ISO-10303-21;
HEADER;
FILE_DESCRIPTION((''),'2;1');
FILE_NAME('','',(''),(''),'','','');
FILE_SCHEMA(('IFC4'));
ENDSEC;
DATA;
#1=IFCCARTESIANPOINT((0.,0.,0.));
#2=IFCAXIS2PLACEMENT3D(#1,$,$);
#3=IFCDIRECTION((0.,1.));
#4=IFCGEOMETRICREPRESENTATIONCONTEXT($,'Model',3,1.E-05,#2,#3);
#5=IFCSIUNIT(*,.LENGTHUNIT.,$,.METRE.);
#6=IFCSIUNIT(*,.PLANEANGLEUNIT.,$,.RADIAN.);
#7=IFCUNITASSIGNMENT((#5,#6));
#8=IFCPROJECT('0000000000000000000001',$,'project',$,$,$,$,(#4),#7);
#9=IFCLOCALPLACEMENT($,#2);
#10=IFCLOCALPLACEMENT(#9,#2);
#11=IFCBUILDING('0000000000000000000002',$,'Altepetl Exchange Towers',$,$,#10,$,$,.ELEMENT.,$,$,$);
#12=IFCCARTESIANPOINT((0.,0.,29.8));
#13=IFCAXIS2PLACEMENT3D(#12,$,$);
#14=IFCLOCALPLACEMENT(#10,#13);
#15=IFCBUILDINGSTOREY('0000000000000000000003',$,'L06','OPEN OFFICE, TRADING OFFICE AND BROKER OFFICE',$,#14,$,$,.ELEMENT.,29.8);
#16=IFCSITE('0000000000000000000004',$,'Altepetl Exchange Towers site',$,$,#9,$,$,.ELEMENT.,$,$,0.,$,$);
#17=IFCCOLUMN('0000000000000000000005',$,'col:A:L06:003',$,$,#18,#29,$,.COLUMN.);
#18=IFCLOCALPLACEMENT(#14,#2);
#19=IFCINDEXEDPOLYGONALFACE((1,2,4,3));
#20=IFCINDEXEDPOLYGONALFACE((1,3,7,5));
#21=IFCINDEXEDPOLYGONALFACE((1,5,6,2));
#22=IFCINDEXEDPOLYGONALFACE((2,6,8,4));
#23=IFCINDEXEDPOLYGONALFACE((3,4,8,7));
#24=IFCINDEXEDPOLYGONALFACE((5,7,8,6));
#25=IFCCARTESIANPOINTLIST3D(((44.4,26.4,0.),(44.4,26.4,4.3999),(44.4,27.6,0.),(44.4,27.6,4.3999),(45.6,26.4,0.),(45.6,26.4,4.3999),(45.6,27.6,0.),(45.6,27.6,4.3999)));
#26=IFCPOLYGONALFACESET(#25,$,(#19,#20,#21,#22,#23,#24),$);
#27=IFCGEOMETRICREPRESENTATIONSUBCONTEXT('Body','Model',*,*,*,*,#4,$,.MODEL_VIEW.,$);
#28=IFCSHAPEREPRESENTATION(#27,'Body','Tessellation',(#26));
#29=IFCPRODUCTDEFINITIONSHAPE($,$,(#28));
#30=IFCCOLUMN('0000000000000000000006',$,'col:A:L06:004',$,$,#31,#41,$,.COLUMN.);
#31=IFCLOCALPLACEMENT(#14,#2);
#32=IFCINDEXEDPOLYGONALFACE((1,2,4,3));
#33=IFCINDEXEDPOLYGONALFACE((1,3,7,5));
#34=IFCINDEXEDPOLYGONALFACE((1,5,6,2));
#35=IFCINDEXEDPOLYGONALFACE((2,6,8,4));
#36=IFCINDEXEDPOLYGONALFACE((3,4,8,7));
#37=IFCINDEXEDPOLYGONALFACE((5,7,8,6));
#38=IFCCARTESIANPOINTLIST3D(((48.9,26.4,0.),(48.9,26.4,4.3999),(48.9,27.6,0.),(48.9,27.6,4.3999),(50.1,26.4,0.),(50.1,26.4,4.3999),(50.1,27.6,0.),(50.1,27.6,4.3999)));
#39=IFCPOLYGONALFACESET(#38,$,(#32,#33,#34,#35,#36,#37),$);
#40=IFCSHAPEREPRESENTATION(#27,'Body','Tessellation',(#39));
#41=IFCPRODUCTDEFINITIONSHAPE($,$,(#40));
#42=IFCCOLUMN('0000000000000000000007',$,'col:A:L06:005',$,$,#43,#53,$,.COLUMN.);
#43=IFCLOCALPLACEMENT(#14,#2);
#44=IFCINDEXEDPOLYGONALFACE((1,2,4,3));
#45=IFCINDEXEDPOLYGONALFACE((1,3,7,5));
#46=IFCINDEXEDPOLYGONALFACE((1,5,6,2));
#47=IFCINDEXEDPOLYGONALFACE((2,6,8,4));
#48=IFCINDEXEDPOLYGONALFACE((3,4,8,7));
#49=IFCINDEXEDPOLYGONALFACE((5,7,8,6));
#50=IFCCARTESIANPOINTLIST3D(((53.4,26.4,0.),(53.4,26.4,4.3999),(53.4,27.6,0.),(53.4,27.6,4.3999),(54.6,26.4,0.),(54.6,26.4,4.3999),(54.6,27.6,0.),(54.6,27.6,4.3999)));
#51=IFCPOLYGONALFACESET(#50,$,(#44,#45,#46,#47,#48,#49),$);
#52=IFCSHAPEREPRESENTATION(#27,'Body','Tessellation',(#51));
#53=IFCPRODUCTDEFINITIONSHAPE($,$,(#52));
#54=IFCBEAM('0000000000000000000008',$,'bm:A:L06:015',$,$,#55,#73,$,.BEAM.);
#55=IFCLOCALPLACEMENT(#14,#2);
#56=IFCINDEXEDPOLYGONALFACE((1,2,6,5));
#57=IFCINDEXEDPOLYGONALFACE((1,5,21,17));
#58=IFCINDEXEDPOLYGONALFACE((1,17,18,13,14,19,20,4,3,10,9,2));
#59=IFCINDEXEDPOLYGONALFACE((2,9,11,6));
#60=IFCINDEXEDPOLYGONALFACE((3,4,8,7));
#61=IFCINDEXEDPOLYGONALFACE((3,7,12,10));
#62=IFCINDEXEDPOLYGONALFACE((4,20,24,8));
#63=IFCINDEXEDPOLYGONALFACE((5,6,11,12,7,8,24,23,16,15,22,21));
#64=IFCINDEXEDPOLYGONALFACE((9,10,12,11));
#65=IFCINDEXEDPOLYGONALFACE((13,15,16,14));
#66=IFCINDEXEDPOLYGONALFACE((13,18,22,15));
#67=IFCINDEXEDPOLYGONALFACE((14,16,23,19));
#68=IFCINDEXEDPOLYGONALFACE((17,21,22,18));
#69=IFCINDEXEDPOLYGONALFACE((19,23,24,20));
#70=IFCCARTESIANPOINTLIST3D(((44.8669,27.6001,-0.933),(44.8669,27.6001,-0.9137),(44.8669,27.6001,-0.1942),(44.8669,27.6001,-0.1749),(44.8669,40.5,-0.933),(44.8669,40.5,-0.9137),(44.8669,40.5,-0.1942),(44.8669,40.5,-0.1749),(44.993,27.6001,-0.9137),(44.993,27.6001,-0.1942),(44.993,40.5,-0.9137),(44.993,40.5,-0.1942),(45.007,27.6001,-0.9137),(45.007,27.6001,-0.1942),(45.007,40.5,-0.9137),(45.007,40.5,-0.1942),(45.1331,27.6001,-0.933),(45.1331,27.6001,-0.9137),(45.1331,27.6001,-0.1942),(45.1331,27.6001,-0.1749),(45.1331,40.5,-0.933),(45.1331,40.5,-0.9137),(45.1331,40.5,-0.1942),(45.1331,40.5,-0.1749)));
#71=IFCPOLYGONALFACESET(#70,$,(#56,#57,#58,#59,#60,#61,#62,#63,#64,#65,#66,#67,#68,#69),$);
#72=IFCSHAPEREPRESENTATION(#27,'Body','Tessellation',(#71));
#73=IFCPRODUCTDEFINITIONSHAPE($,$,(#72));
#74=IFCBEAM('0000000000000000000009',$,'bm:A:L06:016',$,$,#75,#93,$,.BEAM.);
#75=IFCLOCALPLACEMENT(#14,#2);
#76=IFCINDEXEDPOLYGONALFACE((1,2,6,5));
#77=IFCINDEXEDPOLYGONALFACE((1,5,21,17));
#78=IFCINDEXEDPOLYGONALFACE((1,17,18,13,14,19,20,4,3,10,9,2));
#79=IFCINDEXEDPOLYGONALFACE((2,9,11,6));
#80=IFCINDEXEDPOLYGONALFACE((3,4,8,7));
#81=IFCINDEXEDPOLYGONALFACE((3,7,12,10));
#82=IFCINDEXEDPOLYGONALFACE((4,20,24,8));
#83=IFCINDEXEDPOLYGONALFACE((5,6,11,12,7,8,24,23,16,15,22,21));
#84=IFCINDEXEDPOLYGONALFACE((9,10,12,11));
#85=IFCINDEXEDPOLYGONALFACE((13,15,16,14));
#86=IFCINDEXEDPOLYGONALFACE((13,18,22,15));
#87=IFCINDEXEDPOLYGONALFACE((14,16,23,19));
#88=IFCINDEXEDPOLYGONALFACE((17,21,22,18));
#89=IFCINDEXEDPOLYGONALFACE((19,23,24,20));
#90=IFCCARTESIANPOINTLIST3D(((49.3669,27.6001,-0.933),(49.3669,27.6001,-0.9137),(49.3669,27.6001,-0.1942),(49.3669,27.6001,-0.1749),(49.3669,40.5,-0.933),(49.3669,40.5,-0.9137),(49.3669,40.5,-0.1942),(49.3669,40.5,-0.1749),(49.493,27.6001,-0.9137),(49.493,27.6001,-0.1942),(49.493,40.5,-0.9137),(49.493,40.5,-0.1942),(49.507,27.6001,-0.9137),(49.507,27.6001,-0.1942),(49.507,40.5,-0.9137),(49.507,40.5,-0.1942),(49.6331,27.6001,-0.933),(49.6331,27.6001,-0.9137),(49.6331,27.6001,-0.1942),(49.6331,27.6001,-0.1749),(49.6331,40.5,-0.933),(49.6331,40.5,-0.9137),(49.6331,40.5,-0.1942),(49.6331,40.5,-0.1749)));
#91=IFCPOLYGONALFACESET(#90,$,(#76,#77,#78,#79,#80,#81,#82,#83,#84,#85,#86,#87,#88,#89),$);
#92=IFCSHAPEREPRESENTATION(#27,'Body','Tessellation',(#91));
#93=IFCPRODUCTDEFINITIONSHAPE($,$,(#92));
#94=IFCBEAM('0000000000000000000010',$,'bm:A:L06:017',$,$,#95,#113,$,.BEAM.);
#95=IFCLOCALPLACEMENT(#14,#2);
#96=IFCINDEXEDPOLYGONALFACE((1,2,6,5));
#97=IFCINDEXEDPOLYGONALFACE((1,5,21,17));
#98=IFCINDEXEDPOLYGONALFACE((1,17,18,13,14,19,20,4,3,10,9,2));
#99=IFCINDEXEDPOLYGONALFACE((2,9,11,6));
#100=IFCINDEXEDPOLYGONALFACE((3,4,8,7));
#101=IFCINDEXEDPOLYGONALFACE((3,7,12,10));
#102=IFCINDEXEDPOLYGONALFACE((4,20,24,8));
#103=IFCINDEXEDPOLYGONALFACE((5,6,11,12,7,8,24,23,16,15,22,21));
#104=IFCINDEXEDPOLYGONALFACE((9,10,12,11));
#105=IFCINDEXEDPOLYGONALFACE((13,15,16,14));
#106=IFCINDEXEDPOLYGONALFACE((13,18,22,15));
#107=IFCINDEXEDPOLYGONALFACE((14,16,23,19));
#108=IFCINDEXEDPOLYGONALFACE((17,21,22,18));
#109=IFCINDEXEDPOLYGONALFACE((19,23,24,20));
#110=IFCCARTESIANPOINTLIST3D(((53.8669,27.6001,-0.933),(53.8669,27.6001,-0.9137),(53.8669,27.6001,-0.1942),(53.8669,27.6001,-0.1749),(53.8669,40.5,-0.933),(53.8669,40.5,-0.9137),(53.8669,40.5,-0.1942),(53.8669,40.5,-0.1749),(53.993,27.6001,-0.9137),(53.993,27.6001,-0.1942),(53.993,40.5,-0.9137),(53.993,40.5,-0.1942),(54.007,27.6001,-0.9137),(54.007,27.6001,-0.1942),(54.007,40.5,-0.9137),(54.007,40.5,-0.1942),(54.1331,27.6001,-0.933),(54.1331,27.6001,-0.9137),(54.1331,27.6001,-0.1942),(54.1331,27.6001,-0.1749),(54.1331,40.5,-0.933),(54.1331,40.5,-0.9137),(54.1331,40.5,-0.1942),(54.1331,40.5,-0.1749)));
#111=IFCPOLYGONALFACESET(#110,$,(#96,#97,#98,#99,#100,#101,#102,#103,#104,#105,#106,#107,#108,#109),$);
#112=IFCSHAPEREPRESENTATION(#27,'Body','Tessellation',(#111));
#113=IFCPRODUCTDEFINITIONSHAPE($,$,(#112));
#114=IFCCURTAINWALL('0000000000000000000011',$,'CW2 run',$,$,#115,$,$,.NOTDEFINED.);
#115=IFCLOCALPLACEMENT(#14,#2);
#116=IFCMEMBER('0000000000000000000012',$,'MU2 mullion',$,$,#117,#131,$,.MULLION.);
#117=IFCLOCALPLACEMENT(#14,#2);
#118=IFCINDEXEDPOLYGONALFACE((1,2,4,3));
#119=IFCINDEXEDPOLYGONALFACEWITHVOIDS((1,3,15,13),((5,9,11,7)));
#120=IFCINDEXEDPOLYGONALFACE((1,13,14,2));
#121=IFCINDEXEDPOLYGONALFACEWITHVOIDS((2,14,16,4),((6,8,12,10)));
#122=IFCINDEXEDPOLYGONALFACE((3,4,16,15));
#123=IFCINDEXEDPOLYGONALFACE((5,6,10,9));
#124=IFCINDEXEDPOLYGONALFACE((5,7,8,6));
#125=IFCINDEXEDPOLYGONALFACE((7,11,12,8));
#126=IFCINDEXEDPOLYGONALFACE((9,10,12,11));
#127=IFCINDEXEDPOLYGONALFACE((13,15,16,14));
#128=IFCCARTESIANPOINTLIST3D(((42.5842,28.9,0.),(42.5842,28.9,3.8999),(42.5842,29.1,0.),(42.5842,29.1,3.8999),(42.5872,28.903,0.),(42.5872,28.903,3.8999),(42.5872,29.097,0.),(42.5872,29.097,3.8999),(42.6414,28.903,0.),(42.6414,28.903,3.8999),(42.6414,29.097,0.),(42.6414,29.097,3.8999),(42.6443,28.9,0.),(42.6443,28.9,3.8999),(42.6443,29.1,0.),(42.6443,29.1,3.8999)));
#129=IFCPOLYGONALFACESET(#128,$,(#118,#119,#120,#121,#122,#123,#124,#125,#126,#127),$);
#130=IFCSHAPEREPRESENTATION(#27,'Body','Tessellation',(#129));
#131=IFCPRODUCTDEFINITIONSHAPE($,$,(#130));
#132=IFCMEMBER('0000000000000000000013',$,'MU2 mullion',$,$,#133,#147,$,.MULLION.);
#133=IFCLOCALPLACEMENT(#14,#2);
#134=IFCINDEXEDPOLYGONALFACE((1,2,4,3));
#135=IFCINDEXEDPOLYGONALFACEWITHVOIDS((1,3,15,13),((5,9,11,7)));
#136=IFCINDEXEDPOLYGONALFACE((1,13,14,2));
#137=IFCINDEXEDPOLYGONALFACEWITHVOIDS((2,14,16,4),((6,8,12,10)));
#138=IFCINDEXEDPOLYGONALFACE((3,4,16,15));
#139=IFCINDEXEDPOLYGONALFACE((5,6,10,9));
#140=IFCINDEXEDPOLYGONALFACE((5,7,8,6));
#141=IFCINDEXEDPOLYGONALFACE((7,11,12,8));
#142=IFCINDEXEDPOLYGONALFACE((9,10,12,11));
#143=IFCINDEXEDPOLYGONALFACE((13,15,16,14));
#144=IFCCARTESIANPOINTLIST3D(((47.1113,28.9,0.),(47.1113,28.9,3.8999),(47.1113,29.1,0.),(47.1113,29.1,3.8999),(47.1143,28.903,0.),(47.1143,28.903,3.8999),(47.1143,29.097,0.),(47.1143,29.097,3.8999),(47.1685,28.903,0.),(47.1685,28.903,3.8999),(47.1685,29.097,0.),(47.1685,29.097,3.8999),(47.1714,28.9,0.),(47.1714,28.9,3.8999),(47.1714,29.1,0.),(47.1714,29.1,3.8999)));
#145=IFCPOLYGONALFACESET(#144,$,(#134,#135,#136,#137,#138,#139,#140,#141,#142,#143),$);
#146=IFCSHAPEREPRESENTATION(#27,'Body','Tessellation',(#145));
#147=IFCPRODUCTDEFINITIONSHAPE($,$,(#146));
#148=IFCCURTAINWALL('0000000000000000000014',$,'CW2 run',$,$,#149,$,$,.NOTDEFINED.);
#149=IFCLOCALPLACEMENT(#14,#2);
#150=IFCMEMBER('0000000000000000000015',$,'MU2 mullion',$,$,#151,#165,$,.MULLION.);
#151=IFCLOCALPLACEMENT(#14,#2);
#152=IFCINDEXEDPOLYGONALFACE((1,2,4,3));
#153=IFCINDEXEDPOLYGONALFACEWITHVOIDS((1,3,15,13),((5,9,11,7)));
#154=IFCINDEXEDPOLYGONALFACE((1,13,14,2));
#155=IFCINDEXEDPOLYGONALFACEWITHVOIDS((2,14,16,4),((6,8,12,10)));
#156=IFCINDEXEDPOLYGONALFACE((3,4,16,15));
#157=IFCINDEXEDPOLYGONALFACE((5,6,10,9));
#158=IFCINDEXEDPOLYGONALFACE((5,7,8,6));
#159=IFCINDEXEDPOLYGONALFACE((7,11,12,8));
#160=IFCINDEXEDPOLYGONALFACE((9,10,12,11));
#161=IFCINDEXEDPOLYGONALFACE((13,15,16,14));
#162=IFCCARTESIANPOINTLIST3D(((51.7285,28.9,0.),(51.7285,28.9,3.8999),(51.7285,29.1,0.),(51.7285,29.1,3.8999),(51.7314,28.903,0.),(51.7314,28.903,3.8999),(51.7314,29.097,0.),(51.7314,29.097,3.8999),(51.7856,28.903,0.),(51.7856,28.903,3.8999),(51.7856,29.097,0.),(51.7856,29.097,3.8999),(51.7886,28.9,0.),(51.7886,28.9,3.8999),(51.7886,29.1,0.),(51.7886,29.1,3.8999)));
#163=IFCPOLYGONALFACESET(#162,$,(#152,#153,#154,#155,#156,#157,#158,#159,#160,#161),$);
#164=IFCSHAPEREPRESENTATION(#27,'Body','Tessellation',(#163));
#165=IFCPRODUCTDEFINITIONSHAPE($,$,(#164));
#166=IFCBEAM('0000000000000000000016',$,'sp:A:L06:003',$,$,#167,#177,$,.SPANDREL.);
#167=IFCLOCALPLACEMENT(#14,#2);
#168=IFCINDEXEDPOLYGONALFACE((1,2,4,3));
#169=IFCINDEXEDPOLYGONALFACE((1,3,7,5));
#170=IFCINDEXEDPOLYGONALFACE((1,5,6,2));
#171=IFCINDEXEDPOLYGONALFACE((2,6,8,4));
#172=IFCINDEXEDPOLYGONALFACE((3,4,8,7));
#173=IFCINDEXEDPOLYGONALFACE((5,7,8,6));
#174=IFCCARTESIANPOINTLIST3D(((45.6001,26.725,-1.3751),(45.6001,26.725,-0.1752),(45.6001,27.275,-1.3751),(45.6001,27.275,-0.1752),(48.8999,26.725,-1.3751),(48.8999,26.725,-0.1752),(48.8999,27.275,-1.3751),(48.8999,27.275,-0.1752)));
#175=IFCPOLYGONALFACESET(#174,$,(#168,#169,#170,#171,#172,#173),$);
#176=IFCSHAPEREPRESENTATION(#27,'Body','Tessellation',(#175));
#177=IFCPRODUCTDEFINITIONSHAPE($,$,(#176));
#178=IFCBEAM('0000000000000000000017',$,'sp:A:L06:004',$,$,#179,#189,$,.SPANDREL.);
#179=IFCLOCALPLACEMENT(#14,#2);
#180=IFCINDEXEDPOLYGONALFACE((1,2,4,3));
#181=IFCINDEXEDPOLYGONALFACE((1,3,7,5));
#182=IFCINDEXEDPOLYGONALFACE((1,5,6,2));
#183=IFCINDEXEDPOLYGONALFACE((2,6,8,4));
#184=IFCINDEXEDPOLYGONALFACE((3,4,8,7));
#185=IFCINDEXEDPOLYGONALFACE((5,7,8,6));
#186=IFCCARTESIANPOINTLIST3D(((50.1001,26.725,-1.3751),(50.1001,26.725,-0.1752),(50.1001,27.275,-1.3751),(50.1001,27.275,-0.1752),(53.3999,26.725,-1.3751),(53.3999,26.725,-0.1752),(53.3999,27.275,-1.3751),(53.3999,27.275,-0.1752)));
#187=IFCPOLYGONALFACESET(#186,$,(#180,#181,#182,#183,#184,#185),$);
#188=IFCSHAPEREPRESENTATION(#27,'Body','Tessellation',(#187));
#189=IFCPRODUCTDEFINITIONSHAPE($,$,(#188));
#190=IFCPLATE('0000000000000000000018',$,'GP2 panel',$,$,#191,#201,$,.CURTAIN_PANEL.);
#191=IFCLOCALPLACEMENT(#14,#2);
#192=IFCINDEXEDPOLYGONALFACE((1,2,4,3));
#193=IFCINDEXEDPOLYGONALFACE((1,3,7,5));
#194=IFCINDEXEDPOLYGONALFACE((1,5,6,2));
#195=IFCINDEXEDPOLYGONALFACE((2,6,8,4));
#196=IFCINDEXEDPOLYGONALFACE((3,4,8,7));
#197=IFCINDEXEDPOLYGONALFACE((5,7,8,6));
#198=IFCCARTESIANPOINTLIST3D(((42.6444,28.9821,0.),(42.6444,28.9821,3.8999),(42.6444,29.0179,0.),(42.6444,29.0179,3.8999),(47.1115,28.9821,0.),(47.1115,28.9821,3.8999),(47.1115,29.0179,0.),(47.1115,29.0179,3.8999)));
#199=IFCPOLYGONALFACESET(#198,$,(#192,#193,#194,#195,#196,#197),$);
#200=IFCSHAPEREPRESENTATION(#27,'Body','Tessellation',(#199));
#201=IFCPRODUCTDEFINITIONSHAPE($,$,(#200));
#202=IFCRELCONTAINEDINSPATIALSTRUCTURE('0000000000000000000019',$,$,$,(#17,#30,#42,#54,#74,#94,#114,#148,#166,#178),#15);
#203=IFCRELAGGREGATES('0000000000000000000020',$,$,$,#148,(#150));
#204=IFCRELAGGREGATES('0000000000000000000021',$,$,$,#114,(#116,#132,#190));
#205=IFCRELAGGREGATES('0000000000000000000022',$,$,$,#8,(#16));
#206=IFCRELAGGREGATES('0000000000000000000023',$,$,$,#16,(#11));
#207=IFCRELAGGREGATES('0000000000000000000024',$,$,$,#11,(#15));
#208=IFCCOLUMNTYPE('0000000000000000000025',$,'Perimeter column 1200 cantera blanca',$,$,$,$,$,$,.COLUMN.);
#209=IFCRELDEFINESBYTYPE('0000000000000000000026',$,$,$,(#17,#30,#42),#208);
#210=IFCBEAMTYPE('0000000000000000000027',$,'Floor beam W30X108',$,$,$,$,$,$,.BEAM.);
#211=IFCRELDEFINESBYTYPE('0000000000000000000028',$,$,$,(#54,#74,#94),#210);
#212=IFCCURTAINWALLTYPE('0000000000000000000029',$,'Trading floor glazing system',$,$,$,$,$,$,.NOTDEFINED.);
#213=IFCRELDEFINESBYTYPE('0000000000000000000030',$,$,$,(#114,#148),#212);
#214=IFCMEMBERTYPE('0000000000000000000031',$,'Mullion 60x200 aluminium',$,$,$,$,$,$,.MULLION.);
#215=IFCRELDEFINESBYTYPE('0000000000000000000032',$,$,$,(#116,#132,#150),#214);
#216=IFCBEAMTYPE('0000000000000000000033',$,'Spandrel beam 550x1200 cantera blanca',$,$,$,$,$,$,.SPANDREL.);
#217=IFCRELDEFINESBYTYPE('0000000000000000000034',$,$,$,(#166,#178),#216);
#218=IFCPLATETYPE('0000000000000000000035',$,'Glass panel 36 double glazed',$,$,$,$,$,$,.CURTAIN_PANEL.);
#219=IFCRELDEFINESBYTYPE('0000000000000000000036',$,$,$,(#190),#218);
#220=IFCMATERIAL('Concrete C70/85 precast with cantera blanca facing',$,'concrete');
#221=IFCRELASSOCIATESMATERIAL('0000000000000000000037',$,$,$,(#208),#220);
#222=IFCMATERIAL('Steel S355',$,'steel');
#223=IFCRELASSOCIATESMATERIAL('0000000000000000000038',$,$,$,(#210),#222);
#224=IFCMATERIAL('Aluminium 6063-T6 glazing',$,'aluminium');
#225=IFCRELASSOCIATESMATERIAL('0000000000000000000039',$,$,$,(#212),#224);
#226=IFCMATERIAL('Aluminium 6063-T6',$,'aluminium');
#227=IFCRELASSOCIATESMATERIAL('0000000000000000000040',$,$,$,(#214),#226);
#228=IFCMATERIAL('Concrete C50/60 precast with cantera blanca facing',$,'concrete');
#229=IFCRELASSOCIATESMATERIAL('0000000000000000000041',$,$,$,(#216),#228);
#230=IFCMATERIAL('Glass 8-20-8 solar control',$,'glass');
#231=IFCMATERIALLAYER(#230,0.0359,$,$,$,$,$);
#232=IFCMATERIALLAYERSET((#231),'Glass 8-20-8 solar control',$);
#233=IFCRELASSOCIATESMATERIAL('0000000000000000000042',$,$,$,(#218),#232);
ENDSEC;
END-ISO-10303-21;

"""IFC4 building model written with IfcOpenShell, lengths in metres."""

from ifc_helpers import new_model, si_unit, direction, frame, origin, origin_2d, place, context, subcontext, project, spatial, rectangle, hollow_rectangle, i_section, extrude, material, layer, layer_set, material_profile, profile_set, type_object, element, aggregate, save


model = new_model("IFC4")

# Units and contexts
model_context = context("Model", 3, precision=1e-05, world=origin(), true_north=direction((0.0, 1.0)))
body_context = subcontext(model_context, "Body", "Model", "MODEL_VIEW")
ifc_project = project(units=[si_unit("LENGTHUNIT", "METRE"), si_unit("PLANEANGLEUNIT", "RADIAN")], contexts=[model_context])

# Site, building, storey
site_placement = place(None, origin())
site = spatial("IfcSite", under=ifc_project, at=site_placement, Name="Altepetl Exchange Towers site", CompositionType="ELEMENT", RefElevation=0.0)
building_placement = place(site_placement, origin())
building = spatial("IfcBuilding", under=site, at=building_placement, Name="Altepetl Exchange Towers", CompositionType="ELEMENT")
storey_placement = place(building_placement, frame((0.0, 0.0, 29.8)))
storey = spatial("IfcBuildingStorey", under=building, at=storey_placement, Name="L06", Description="OPEN OFFICE, TRADING OFFICE AND BROKER OFFICE", CompositionType="ELEMENT", Elevation=29.8)

# Columns
ifc_material_1 = material(Name="Concrete C70/85 precast with cantera blanca facing", Category="concrete")
ifc_material_profile_1 = material_profile(ifc_material_1, rectangle(XDim=1.2, YDim=1.2, at=origin_2d()), Name="1200 x 1200")
ifc_profile_set_1 = profile_set([ifc_material_profile_1], Name="Concrete C70/85 precast with cantera blanca facing")
column_type = type_object("IfcColumnType", Name="Perimeter column 1200 cantera blanca", PredefinedType="COLUMN", material=ifc_profile_set_1)
for number, where, name in (
    (1, (45.0, 27.0, 0.0), "col:A:L06:003"),
    (2, (49.5, 27.0, 0.0), "col:A:L06:004"),
    (3, (54.0, 27.0, 0.0), "col:A:L06:005"),
):
    element("IfcColumn", number, at=place(storey_placement, frame(where)), inside=storey, type_object=column_type, Name=name, PredefinedType="COLUMN", context=body_context, shape_type="SweptSolid", body=[
        extrude(rectangle(XDim=1.2, YDim=1.2, at=origin_2d()), origin(), (0.0, 0.0, 1.0), 4.3999),
    ])

# Beams
ifc_material_2 = material(Name="Steel S355", Category="steel")
ifc_material_profile_2 = material_profile(ifc_material_2, i_section(OverallWidth=0.2661, OverallDepth=0.7581, WebThickness=0.0139, FlangeThickness=0.0193, at=origin_2d()), Name="W30X108")
ifc_profile_set_2 = profile_set([ifc_material_profile_2], Name="Steel S355")
beam_type_1 = type_object("IfcBeamType", Name="Floor beam W30X108", PredefinedType="BEAM", material=ifc_profile_set_2)
for number, where, z_axis, x_axis, name in (
    (4, (45.0, 27.6001, -0.554), (0.0, 1.0, 0.0), (-1.0, 0.0, 0.0), "bm:A:L06:015"),
    (5, (49.5, 27.6001, -0.554), (0.0, 1.0, 0.0), (-1.0, 0.0, 0.0), "bm:A:L06:016"),
    (6, (54.0, 27.6001, -0.554), (0.0, 1.0, 0.0), (-1.0, 0.0, 0.0), "bm:A:L06:017"),
):
    element("IfcBeam", number, at=place(storey_placement, frame(where, z_axis=z_axis, x_axis=x_axis)), inside=storey, type_object=beam_type_1, Name=name, PredefinedType="BEAM", context=body_context, shape_type="SweptSolid", body=[
        extrude(i_section(OverallWidth=0.2661, OverallDepth=0.7581, WebThickness=0.0139, FlangeThickness=0.0193, at=origin_2d()), origin(), (0.0, 0.0, 1.0), 12.8999),
    ])

# Curtain wall, members
ifc_material_3 = material(Name="Aluminium 6063-T6 glazing", Category="aluminium")
curtain_wall_type = type_object("IfcCurtainWallType", Name="Trading floor glazing system", PredefinedType="NOTDEFINED", material=ifc_material_3)
curtain_wall_1_placement = place(storey_placement, origin())
curtain_wall_1 = element("IfcCurtainWall", 7, at=curtain_wall_1_placement, inside=storey, type_object=curtain_wall_type, Name="CW2 run", PredefinedType="NOTDEFINED")
ifc_material_4 = material(Name="Aluminium 6063-T6", Category="aluminium")
ifc_material_profile_3 = material_profile(ifc_material_4, hollow_rectangle(XDim=0.0601, YDim=0.2, WallThickness=0.0029, at=origin_2d()), Name="Mullion 60x200 aluminium")
ifc_profile_set_3 = profile_set([ifc_material_profile_3], Name="Aluminium 6063-T6")
member_type = type_object("IfcMemberType", Name="Mullion 60x200 aluminium", PredefinedType="MULLION", material=ifc_profile_set_3)
member_1_placement = place(storey_placement, frame((42.6143, 29.0, 0.0)))
member_1 = element("IfcMember", 8, at=member_1_placement, type_object=member_type, Name="MU2 mullion", PredefinedType="MULLION", context=body_context, shape_type="SweptSolid", body=[
    extrude(hollow_rectangle(XDim=0.0601, YDim=0.2, WallThickness=0.0029, at=origin_2d()), origin(), (0.0, 0.0, 1.0), 3.8999),
])
member_2_placement = place(storey_placement, frame((47.1414, 29.0, 0.0)))
member_2 = element("IfcMember", 9, at=member_2_placement, type_object=member_type, Name="MU2 mullion", PredefinedType="MULLION", context=body_context, shape_type="SweptSolid", body=[
    extrude(hollow_rectangle(XDim=0.0601, YDim=0.2, WallThickness=0.0029, at=origin_2d()), origin(), (0.0, 0.0, 1.0), 3.8999),
])

# Curtain wall, member
curtain_wall_2_placement = place(storey_placement, origin())
curtain_wall_2 = element("IfcCurtainWall", 10, at=curtain_wall_2_placement, inside=storey, type_object=curtain_wall_type, Name="CW2 run", PredefinedType="NOTDEFINED")
member_3_placement = place(storey_placement, frame((51.7585, 29.0, 0.0)))
member_3 = element("IfcMember", 11, at=member_3_placement, type_object=member_type, Name="MU2 mullion", PredefinedType="MULLION", context=body_context, shape_type="SweptSolid", body=[
    extrude(hollow_rectangle(XDim=0.0601, YDim=0.2, WallThickness=0.0029, at=origin_2d()), origin(), (0.0, 0.0, 1.0), 3.8999),
])
aggregate(curtain_wall_2, [member_3])

# Beams
ifc_material_5 = material(Name="Concrete C50/60 precast with cantera blanca facing", Category="concrete")
ifc_material_profile_4 = material_profile(ifc_material_5, rectangle(XDim=0.55, YDim=1.2, at=origin_2d()), Name="550 x 1200")
ifc_profile_set_4 = profile_set([ifc_material_profile_4], Name="Concrete C50/60 precast with cantera blanca facing")
beam_type_2 = type_object("IfcBeamType", Name="Spandrel beam 550x1200 cantera blanca", PredefinedType="SPANDREL", material=ifc_profile_set_4)
for number, where, z_axis, x_axis, name in (
    (12, (45.6001, 27.0, -0.7751), (1.0, 0.0, 0.0), (0.0, 1.0, 0.0), "sp:A:L06:003"),
    (13, (50.1001, 27.0, -0.7751), (1.0, 0.0, 0.0), (0.0, 1.0, 0.0), "sp:A:L06:004"),
):
    element("IfcBeam", number, at=place(storey_placement, frame(where, z_axis=z_axis, x_axis=x_axis)), inside=storey, type_object=beam_type_2, Name=name, PredefinedType="SPANDREL", context=body_context, shape_type="SweptSolid", body=[
        extrude(rectangle(XDim=0.55, YDim=1.2, at=origin_2d()), origin(), (0.0, 0.0, 1.0), 3.2998),
    ])

# Plate
ifc_material_6 = material(Name="Glass 8-20-8 solar control", Category="glass")
ifc_layer_1 = layer(ifc_material_6, 0.0359)
ifc_layer_set_1 = layer_set([ifc_layer_1], Name="Glass 8-20-8 solar control")
plate_type = type_object("IfcPlateType", Name="Glass panel 36 double glazed", PredefinedType="CURTAIN_PANEL", material=ifc_layer_set_1)
plate_placement = place(storey_placement, frame((44.8779, 29.0, 0.0)))
plate = element("IfcPlate", 14, at=plate_placement, type_object=plate_type, Name="GP2 panel", PredefinedType="CURTAIN_PANEL", context=body_context, shape_type="SweptSolid", body=[
    extrude(rectangle(XDim=4.467, YDim=0.0359, at=origin_2d()), origin(), (0.0, 0.0, 1.0), 3.8999),
])
aggregate(curtain_wall_1, [member_1, member_2, plate])

save(model, "model.ifc")
